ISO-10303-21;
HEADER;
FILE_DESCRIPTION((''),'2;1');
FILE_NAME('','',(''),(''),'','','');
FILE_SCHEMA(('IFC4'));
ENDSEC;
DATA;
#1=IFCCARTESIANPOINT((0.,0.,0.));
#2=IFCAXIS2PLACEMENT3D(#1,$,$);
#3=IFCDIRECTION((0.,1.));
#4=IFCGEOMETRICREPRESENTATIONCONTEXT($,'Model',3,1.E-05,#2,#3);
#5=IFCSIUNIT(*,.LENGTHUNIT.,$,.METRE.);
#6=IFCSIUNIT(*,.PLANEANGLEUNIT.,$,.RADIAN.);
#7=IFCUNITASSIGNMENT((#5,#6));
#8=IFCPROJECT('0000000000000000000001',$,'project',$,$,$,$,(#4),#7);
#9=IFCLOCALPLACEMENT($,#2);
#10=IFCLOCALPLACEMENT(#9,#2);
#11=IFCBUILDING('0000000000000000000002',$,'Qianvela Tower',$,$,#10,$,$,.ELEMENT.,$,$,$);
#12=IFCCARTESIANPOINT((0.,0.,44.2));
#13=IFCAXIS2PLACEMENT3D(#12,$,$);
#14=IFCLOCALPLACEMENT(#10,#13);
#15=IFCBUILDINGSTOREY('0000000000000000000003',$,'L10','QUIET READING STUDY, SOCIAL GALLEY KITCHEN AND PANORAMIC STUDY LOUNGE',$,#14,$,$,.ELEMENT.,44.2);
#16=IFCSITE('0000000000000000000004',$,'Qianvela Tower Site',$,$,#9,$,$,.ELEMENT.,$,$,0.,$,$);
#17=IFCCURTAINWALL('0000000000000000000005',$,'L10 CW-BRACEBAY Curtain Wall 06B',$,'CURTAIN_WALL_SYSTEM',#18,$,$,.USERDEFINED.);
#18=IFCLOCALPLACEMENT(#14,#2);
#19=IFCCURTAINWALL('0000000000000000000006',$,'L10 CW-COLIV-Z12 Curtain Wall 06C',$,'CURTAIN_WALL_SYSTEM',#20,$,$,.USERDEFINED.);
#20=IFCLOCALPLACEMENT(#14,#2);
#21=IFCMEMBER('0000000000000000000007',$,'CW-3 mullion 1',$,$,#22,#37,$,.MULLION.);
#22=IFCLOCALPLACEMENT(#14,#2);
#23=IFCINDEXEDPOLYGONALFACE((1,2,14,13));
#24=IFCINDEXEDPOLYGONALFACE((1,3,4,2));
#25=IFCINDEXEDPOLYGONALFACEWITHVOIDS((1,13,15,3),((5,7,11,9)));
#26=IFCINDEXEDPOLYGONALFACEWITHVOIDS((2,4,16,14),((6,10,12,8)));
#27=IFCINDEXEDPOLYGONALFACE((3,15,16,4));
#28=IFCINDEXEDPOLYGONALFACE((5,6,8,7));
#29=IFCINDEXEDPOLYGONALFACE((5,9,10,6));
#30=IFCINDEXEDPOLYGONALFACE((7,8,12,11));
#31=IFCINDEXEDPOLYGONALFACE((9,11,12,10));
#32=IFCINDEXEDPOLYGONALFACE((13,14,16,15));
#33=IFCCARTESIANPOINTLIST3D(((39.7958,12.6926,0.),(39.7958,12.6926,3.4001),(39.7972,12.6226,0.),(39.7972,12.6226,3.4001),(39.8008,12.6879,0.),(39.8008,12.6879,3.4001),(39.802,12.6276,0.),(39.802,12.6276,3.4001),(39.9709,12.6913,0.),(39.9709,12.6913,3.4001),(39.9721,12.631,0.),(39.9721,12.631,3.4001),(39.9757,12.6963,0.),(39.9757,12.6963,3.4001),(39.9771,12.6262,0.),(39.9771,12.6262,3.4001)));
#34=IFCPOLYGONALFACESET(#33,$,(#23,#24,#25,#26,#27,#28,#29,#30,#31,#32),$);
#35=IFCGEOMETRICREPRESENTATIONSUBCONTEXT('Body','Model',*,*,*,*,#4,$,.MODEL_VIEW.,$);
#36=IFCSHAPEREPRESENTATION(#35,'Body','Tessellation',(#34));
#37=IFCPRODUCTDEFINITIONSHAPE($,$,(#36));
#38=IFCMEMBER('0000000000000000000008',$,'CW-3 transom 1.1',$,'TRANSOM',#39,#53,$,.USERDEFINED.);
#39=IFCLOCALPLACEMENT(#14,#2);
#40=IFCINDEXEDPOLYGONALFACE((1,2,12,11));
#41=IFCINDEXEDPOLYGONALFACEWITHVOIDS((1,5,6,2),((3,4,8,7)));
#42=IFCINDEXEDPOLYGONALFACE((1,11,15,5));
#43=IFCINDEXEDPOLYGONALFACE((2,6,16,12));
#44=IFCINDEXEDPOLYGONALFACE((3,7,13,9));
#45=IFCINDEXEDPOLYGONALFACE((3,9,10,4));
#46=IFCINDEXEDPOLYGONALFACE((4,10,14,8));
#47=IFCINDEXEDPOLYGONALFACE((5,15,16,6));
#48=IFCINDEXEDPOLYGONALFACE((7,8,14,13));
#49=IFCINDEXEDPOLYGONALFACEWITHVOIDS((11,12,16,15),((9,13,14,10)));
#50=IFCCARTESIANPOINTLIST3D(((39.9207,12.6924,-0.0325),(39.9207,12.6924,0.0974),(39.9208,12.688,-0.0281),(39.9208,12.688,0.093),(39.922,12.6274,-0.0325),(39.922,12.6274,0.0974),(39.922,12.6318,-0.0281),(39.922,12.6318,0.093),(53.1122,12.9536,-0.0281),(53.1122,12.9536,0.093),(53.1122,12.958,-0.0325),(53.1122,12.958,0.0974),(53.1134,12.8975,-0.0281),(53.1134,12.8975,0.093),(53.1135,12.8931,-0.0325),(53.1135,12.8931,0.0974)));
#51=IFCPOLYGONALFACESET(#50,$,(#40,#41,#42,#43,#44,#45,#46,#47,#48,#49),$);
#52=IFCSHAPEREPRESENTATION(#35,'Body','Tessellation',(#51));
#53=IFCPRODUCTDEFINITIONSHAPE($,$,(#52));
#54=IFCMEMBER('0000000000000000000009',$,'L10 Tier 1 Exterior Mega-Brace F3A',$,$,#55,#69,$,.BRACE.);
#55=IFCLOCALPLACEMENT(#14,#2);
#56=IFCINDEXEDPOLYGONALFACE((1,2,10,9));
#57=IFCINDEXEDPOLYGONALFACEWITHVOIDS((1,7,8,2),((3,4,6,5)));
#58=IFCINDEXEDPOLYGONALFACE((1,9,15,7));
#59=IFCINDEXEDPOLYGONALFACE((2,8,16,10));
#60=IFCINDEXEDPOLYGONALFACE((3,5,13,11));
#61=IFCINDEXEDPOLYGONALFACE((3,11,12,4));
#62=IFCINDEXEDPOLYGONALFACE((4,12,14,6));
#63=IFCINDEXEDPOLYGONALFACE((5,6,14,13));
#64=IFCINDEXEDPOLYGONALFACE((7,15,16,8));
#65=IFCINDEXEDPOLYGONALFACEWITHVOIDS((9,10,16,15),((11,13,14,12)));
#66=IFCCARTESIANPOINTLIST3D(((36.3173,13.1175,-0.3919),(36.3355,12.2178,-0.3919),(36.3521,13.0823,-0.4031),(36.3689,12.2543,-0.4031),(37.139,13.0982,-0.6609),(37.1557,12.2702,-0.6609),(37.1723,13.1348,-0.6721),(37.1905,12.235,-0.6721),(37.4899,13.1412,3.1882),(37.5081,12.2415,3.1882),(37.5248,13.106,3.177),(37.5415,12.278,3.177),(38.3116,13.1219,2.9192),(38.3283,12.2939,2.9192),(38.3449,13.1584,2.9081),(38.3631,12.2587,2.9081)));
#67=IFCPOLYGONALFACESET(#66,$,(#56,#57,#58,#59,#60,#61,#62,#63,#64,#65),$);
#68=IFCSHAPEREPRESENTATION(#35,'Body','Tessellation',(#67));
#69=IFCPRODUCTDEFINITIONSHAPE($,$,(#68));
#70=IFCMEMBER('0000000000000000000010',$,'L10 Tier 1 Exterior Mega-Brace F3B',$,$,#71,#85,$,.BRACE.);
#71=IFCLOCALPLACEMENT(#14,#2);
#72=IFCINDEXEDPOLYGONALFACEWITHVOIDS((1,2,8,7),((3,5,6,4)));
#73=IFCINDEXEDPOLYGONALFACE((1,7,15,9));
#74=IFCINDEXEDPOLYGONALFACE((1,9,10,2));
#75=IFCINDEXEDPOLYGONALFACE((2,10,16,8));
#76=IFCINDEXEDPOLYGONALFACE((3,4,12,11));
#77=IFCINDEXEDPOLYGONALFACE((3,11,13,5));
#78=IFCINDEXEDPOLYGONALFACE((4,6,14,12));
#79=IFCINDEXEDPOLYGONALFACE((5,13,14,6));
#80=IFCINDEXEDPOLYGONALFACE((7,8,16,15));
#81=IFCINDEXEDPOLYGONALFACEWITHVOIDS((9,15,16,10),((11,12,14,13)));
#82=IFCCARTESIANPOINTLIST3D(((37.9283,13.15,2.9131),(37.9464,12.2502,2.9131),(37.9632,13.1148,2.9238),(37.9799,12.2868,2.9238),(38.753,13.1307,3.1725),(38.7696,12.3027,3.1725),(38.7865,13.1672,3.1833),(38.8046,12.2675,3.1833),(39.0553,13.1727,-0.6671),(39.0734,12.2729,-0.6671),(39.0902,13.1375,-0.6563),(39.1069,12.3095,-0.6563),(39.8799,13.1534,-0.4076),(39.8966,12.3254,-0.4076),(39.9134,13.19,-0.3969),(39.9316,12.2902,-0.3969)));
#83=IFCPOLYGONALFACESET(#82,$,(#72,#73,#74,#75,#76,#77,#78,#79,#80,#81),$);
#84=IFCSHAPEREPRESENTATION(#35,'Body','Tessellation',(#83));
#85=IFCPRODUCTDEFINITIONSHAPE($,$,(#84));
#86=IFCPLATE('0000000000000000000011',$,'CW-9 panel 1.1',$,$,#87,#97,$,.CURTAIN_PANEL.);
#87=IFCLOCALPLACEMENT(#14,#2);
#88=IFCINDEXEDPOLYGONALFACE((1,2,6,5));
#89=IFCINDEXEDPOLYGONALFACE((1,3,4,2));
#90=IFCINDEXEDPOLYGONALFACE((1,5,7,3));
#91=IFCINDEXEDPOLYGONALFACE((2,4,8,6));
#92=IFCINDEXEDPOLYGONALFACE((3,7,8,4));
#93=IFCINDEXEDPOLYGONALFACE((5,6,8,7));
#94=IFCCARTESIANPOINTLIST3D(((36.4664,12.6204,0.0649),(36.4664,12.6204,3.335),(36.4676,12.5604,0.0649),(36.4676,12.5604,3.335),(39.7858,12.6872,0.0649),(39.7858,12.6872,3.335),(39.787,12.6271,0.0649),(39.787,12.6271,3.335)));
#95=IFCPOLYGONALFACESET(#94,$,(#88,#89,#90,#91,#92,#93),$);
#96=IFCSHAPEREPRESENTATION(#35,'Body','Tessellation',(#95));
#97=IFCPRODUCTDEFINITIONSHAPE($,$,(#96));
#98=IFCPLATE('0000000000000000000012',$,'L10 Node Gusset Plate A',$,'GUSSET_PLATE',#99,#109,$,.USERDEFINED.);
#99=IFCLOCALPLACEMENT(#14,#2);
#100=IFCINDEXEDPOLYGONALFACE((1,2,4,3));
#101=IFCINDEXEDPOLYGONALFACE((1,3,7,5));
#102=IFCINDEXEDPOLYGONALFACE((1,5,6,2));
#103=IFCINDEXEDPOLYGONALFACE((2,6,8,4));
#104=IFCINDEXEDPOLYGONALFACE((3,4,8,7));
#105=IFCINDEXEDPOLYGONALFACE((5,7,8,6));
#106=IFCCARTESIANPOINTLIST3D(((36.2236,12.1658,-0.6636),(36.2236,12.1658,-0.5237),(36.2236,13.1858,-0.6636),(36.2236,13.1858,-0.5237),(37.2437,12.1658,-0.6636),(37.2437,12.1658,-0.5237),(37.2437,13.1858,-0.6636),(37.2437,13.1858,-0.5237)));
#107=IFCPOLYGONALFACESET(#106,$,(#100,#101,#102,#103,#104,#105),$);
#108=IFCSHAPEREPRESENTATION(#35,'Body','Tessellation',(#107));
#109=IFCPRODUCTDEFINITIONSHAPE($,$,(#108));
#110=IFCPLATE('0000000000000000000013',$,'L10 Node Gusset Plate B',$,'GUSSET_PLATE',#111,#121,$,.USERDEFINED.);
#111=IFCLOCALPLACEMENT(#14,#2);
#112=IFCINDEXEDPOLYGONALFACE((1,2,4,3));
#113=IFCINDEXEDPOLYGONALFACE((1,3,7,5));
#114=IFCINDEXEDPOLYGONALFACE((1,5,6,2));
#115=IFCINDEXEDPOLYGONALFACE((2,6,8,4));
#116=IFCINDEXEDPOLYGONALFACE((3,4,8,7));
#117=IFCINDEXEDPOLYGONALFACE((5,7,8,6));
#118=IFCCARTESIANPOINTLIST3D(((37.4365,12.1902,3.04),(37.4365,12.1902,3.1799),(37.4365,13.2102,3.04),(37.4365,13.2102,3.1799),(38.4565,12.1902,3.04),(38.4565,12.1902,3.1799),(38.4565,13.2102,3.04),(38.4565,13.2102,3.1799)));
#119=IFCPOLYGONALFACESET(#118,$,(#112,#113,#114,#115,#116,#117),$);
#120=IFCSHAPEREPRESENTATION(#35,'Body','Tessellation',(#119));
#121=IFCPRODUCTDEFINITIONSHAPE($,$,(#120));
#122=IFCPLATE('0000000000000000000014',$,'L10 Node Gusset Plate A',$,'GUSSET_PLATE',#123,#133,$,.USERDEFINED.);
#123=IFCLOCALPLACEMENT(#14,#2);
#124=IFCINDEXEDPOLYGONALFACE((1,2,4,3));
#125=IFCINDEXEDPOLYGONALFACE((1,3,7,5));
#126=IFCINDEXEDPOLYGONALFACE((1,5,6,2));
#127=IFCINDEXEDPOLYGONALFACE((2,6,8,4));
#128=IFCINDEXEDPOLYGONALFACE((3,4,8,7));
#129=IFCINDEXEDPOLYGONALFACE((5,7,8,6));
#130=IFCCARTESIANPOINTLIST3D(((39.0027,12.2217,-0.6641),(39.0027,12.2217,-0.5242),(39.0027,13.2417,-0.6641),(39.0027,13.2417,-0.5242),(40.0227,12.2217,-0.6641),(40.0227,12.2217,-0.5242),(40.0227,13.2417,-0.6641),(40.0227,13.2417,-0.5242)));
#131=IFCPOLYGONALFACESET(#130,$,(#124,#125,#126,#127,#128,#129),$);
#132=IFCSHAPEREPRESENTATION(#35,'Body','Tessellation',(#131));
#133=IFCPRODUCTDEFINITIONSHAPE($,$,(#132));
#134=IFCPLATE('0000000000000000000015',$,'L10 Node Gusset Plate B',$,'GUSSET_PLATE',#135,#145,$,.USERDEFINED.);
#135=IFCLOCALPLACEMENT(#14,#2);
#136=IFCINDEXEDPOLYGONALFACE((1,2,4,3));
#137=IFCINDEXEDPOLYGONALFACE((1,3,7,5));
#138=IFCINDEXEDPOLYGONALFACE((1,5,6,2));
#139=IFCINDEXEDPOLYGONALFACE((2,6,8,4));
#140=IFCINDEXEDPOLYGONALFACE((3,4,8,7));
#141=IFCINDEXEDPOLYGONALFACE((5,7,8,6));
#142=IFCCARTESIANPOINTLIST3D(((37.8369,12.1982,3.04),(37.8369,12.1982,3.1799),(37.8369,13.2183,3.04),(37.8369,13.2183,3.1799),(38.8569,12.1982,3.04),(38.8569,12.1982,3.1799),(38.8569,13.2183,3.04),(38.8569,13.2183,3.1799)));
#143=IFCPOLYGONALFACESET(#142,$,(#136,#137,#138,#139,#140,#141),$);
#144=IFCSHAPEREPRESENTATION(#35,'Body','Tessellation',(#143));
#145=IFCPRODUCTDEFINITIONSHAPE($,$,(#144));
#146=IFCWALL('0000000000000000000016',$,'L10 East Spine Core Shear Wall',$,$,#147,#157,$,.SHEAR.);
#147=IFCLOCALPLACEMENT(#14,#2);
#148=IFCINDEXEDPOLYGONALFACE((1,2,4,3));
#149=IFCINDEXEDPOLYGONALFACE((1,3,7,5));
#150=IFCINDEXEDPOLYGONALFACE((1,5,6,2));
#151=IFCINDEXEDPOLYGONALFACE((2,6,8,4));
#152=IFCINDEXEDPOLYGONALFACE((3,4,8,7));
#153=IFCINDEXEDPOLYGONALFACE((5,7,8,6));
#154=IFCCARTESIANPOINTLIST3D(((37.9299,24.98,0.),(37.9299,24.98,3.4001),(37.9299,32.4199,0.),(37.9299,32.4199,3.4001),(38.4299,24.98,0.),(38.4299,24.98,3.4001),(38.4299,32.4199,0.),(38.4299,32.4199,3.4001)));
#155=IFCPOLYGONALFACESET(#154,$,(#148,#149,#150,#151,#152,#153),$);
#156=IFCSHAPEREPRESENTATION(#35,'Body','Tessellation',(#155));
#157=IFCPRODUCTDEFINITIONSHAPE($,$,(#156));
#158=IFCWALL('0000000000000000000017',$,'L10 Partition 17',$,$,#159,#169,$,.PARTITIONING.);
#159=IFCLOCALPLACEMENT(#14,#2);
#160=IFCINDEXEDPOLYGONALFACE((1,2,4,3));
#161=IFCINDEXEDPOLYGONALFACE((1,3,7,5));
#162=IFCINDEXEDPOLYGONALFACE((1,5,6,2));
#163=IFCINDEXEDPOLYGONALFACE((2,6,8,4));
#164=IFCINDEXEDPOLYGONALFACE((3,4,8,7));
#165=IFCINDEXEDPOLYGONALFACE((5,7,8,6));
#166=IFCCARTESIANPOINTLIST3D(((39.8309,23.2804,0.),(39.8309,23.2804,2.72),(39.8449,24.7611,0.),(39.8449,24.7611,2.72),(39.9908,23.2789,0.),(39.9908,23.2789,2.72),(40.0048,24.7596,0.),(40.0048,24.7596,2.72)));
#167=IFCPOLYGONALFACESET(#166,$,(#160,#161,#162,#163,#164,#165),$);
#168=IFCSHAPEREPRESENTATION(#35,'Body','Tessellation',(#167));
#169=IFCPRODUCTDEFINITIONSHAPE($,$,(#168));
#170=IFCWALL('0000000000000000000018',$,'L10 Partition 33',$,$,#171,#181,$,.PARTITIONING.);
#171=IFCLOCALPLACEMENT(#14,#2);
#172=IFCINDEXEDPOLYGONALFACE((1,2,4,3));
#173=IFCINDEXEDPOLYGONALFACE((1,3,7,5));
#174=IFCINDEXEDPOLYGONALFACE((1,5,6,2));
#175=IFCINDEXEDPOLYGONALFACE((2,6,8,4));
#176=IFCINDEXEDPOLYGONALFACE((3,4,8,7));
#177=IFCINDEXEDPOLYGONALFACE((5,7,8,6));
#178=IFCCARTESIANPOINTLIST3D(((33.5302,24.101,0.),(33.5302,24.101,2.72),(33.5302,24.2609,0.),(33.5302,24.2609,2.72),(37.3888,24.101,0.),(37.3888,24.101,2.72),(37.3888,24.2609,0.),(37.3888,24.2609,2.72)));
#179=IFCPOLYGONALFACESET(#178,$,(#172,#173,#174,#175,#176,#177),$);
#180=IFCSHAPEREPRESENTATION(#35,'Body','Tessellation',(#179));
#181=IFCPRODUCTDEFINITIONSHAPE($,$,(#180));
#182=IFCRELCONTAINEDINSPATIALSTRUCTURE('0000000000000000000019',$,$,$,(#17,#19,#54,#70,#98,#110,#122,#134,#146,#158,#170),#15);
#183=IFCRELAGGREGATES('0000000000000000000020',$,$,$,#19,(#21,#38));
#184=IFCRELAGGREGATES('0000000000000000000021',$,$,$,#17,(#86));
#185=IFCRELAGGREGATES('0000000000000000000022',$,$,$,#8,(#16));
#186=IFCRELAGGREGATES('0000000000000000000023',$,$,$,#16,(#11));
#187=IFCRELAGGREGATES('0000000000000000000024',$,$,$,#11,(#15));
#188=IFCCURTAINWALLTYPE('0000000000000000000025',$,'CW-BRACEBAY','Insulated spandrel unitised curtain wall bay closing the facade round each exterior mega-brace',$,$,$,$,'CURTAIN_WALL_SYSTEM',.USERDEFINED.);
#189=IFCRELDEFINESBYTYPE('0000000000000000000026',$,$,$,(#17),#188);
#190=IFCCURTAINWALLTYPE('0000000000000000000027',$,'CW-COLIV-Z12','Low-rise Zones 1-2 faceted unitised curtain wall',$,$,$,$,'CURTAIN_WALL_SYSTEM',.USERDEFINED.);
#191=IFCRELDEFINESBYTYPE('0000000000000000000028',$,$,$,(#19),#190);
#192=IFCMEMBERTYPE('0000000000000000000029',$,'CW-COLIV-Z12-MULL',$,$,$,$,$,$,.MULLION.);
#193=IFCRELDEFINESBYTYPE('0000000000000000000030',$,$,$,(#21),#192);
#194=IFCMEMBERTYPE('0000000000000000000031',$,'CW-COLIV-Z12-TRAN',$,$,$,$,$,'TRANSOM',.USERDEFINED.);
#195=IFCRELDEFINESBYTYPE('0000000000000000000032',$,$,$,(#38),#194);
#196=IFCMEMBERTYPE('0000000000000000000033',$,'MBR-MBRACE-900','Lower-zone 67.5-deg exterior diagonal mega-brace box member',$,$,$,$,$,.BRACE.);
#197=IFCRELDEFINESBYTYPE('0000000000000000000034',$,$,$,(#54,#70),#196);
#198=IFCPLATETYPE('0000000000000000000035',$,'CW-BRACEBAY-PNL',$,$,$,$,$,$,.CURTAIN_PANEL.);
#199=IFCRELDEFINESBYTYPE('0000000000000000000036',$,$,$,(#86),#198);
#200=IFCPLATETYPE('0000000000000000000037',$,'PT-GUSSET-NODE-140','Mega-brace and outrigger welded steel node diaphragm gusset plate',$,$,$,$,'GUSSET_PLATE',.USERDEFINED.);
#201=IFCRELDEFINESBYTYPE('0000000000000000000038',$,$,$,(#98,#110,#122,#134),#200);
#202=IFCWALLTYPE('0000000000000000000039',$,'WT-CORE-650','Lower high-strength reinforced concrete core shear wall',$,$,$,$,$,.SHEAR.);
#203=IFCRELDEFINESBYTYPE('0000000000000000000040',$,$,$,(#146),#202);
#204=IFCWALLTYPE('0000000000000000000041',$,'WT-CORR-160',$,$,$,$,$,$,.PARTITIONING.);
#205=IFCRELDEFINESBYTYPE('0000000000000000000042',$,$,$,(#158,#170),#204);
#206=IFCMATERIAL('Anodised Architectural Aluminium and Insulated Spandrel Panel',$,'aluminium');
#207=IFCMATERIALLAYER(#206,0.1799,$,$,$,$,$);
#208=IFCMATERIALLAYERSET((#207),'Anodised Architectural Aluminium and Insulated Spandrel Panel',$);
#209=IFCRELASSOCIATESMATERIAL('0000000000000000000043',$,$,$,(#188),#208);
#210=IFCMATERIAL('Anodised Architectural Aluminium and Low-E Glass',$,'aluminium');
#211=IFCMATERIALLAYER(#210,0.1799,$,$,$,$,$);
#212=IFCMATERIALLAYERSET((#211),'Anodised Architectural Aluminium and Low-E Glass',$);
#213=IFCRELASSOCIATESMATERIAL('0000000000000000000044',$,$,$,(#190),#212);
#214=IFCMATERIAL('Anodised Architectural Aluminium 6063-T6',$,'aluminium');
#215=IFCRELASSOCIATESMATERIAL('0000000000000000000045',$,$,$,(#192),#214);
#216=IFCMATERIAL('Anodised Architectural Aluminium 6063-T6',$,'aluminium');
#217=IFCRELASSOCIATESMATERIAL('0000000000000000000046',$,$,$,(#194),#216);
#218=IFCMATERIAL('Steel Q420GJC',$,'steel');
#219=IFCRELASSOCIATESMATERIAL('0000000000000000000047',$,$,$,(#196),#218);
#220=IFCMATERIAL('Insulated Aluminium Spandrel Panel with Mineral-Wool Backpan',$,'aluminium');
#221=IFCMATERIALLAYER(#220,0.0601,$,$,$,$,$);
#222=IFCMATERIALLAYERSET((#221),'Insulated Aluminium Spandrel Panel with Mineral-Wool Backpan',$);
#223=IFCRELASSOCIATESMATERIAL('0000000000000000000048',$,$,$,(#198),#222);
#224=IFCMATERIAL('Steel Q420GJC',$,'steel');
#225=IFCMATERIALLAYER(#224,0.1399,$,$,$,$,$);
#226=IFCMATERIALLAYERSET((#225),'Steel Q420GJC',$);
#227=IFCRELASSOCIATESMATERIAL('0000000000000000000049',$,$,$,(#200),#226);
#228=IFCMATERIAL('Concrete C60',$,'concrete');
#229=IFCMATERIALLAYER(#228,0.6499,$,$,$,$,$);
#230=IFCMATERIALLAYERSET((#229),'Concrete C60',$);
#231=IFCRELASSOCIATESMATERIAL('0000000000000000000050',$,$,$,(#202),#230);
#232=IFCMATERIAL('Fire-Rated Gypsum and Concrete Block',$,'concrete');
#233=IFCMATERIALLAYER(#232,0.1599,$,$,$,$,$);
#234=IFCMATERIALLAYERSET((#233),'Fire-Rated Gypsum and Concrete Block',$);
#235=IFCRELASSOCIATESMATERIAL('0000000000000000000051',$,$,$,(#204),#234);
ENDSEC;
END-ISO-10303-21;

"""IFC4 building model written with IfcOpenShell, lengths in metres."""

from ifc_helpers import new_model, si_unit, direction, frame, frame_2d, origin, origin_2d, place, context, subcontext, project, spatial, rectangle, hollow_rectangle, extrude, material, layer, layer_set, material_profile, profile_set, type_object, element, aggregate, save


model = new_model("IFC4")

# Units and contexts
model_context = context("Model", 3, precision=1e-05, world=origin(), true_north=direction((0.0, 1.0)))
body_context = subcontext(model_context, "Body", "Model", "MODEL_VIEW")
ifc_project = project(units=[si_unit("LENGTHUNIT", "METRE"), si_unit("PLANEANGLEUNIT", "RADIAN")], contexts=[model_context])

# Site, building, storey
site_placement = place(None, origin())
site = spatial("IfcSite", under=ifc_project, at=site_placement, Name="Qianvela Tower Site", CompositionType="ELEMENT", RefElevation=0.0)
building_placement = place(site_placement, origin())
building = spatial("IfcBuilding", under=site, at=building_placement, Name="Qianvela Tower", CompositionType="ELEMENT")
storey_placement = place(building_placement, frame((0.0, 0.0, 44.2)))
storey = spatial("IfcBuildingStorey", under=building, at=storey_placement, Name="L10", Description="QUIET READING STUDY, SOCIAL GALLEY KITCHEN AND PANORAMIC STUDY LOUNGE", CompositionType="ELEMENT", Elevation=44.2)

# Curtain wall
ifc_material_1 = material(Name="Anodised Architectural Aluminium and Insulated Spandrel Panel", Category="aluminium")
ifc_layer_1 = layer(ifc_material_1, 0.1799)
ifc_layer_set_1 = layer_set([ifc_layer_1], Name="Anodised Architectural Aluminium and Insulated Spandrel Panel")
curtain_wall_type_1 = type_object("IfcCurtainWallType", Name="CW-BRACEBAY", Description="Insulated spandrel unitised curtain wall bay closing the facade round each exterior mega-brace", ElementType="CURTAIN_WALL_SYSTEM", PredefinedType="USERDEFINED", material=ifc_layer_set_1)
curtain_wall_1_placement = place(storey_placement, origin())
curtain_wall_1 = element("IfcCurtainWall", 1, at=curtain_wall_1_placement, inside=storey, type_object=curtain_wall_type_1, Name="L10 CW-BRACEBAY Curtain Wall 06B", ObjectType="CURTAIN_WALL_SYSTEM", PredefinedType="USERDEFINED")

# Shared definitions
ifc_material_2 = material(Name="Anodised Architectural Aluminium and Low-E Glass", Category="aluminium")
ifc_layer_2 = layer(ifc_material_2, 0.1799)
ifc_layer_set_2 = layer_set([ifc_layer_2], Name="Anodised Architectural Aluminium and Low-E Glass")
curtain_wall_type_2 = type_object("IfcCurtainWallType", Name="CW-COLIV-Z12", Description="Low-rise Zones 1-2 faceted unitised curtain wall", ElementType="CURTAIN_WALL_SYSTEM", PredefinedType="USERDEFINED", material=ifc_layer_set_2)
ifc_material_3 = material(Name="Anodised Architectural Aluminium 6063-T6", Category="aluminium")
ifc_material_profile_1 = material_profile(ifc_material_3, hollow_rectangle(XDim=0.0701, YDim=0.1799, WallThickness=0.0049, at=origin_2d()), Name="ALU-MULL-70x180")
ifc_profile_set_1 = profile_set([ifc_material_profile_1], Name="Anodised Architectural Aluminium 6063-T6")
member_type_1 = type_object("IfcMemberType", Name="CW-COLIV-Z12-MULL", PredefinedType="MULLION", material=ifc_profile_set_1)

# Curtain wall, members
curtain_wall_2_placement = place(storey_placement, origin())
curtain_wall_2 = element("IfcCurtainWall", 2, at=curtain_wall_2_placement, inside=storey, type_object=curtain_wall_type_2, Name="L10 CW-COLIV-Z12 Curtain Wall 06C", ObjectType="CURTAIN_WALL_SYSTEM", PredefinedType="USERDEFINED")
member_1_placement = place(storey_placement, frame((39.8865, 12.6594, 0.0), z_axis=(0.0, 0.0, 1.0), x_axis=(-0.020121, 0.999798, 0.0)))
member_1 = element("IfcMember", 3, at=member_1_placement, type_object=member_type_1, Name="CW-3 mullion 1", PredefinedType="MULLION", context=body_context, shape_type="SweptSolid", body=[
    extrude(hollow_rectangle(XDim=0.0701, YDim=0.1799, WallThickness=0.0049, at=origin_2d()), origin(), (0.0, 0.0, 1.0), 3.4001),
])
ifc_material_4 = material(Name="Anodised Architectural Aluminium 6063-T6", Category="aluminium")
ifc_material_profile_2 = material_profile(ifc_material_4, hollow_rectangle(XDim=0.0649, YDim=0.1299, WallThickness=0.0044, at=origin_2d()), Name="ALU-TRAN-65x130")
ifc_profile_set_2 = profile_set([ifc_material_profile_2], Name="Anodised Architectural Aluminium 6063-T6")
member_type_2 = type_object("IfcMemberType", Name="CW-COLIV-Z12-TRAN", ElementType="TRANSOM", PredefinedType="USERDEFINED", material=ifc_profile_set_2)
member_2_placement = place(storey_placement, frame((39.9214, 12.6599, 0.0325), z_axis=(0.999797, 0.020132, 0.0), x_axis=(-0.020132, 0.999797, 0.0)))
member_2 = element("IfcMember", 4, at=member_2_placement, type_object=member_type_2, Name="CW-3 transom 1.1", ObjectType="TRANSOM", PredefinedType="USERDEFINED", context=body_context, shape_type="SweptSolid", body=[
    extrude(hollow_rectangle(XDim=0.0649, YDim=0.1299, WallThickness=0.0044, at=origin_2d()), origin(), (0.0, 0.0, 1.0), 13.1941),
])
aggregate(curtain_wall_2, [member_1, member_2])

# Members
ifc_material_5 = material(Name="Steel Q420GJC", Category="steel")
ifc_material_profile_3 = material_profile(ifc_material_5, hollow_rectangle(XDim=0.8999, YDim=0.8999, WallThickness=0.0359, at=origin_2d()), Name="MBOX-900x900x36")
ifc_profile_set_3 = profile_set([ifc_material_profile_3], Name="Steel Q420GJC")
member_type_3 = type_object("IfcMemberType", Name="MBR-MBRACE-900", Description="Lower-zone 67.5-deg exterior diagonal mega-brace box member", PredefinedType="BRACE", material=ifc_profile_set_3)
member_3_placement = place(storey_placement, frame((36.7539, 12.6763, -0.532), z_axis=(0.31126, 0.006286, 0.950304), x_axis=(-0.020192, 0.999796, 0.0)))
element("IfcMember", 5, at=member_3_placement, inside=storey, type_object=member_type_3, Name="L10 Tier 1 Exterior Mega-Brace F3A", PredefinedType="BRACE", context=body_context, shape_type="SweptSolid", body=[
    extrude(hollow_rectangle(XDim=0.8999, YDim=0.8999, WallThickness=0.0359, at=origin_2d()), origin(), (0.0, 0.0, 1.0), 3.7673),
])
member_4_placement = place(storey_placement, frame((39.4934, 12.7314, -0.532), z_axis=(-0.300254, -0.006049, 0.95384), x_axis=(0.020143, -0.999797, 0.0)))
element("IfcMember", 6, at=member_4_placement, inside=storey, type_object=member_type_3, Name="L10 Tier 1 Exterior Mega-Brace F3B", PredefinedType="BRACE", context=body_context, shape_type="SweptSolid", body=[
    extrude(hollow_rectangle(XDim=0.8999, YDim=0.8999, WallThickness=0.0359, at=origin_2d()), origin(), (0.0, 0.0, 1.0), 3.7534),
])

# Plate
ifc_material_6 = material(Name="Insulated Aluminium Spandrel Panel with Mineral-Wool Backpan", Category="aluminium")
ifc_layer_3 = layer(ifc_material_6, 0.0601)
ifc_layer_set_3 = layer_set([ifc_layer_3], Name="Insulated Aluminium Spandrel Panel with Mineral-Wool Backpan")
plate_type_1 = type_object("IfcPlateType", Name="CW-BRACEBAY-PNL", PredefinedType="CURTAIN_PANEL", material=ifc_layer_set_3)
plate_placement = place(storey_placement, frame((38.1267, 12.6238, 0.0649), z_axis=(0.0, 0.0, 1.0), x_axis=(0.999798, 0.020116, 0.0)))
plate = element("IfcPlate", 7, at=plate_placement, type_object=plate_type_1, Name="CW-9 panel 1.1", PredefinedType="CURTAIN_PANEL", context=body_context, shape_type="SweptSolid", body=[
    extrude(rectangle(XDim=3.3201, YDim=0.0601, at=origin_2d()), origin(), (0.0, 0.0, 1.0), 3.27),
])
aggregate(curtain_wall_1, [plate])

# Plates
ifc_material_7 = material(Name="Steel Q420GJC", Category="steel")
ifc_layer_4 = layer(ifc_material_7, 0.1399)
ifc_layer_set_4 = layer_set([ifc_layer_4], Name="Steel Q420GJC")
plate_type_2 = type_object("IfcPlateType", Name="PT-GUSSET-NODE-140", Description="Mega-brace and outrigger welded steel node diaphragm gusset plate", ElementType="GUSSET_PLATE", PredefinedType="USERDEFINED", material=ifc_layer_set_4)
for number, where, z_axis, x_axis, name in (
    (8, (36.7336, 12.6758, -0.6636), (0.0, 0.0, 1.0), (1.0, 0.0, 0.0), "L10 Node Gusset Plate A"),
    (9, (37.9465, 12.7002, 3.04), (0.0, 0.0, 1.0), (1.0, 0.0, 0.0), "L10 Node Gusset Plate B"),
    (10, (39.5127, 12.7317, -0.6641), (0.0, 0.0, 1.0), (1.0, 0.0, 0.0), "L10 Node Gusset Plate A"),
    (11, (38.3469, 12.7083, 3.04), (0.0, 0.0, 1.0), (1.0, 0.0, 0.0), "L10 Node Gusset Plate B"),
):
    element("IfcPlate", number, at=place(storey_placement, frame(where, z_axis=z_axis, x_axis=x_axis)), inside=storey, type_object=plate_type_2, Name=name, ObjectType="GUSSET_PLATE", PredefinedType="USERDEFINED", context=body_context, shape_type="SweptSolid", body=[
        extrude(rectangle(XDim=1.02, YDim=1.02, at=origin_2d()), origin(), (0.0, 0.0, 1.0), 0.1399),
    ])

# Walls
ifc_material_8 = material(Name="Concrete C60", Category="concrete")
ifc_layer_5 = layer(ifc_material_8, 0.6499)
ifc_layer_set_5 = layer_set([ifc_layer_5], Name="Concrete C60")
wall_type_1 = type_object("IfcWallType", Name="WT-CORE-650", Description="Lower high-strength reinforced concrete core shear wall", PredefinedType="SHEAR", material=ifc_layer_set_5)
wall_1_placement = place(storey_placement, frame((38.1799, 24.98, 0.0), z_axis=(0.0, 0.0, 1.0), x_axis=(0.0, 1.0, 0.0)))
element("IfcWall", 12, at=wall_1_placement, inside=storey, type_object=wall_type_1, Name="L10 East Spine Core Shear Wall", PredefinedType="SHEAR", context=body_context, shape_type="SweptSolid", body=[
    extrude(rectangle(XDim=7.4399, YDim=0.5, at=frame_2d((3.72, 0.0))), origin(), (0.0, 0.0, 1.0), 3.4001),
])
ifc_material_9 = material(Name="Fire-Rated Gypsum and Concrete Block", Category="concrete")
ifc_layer_6 = layer(ifc_material_9, 0.1599)
ifc_layer_set_6 = layer_set([ifc_layer_6], Name="Fire-Rated Gypsum and Concrete Block")
wall_type_2 = type_object("IfcWallType", Name="WT-CORR-160", PredefinedType="PARTITIONING", material=ifc_layer_set_6)
wall_2_placement = place(storey_placement, frame((39.9109, 23.2798, 0.0), z_axis=(0.0, 0.0, 1.0), x_axis=(0.009398, 0.999956, 0.0)))
element("IfcWall", 13, at=wall_2_placement, inside=storey, type_object=wall_type_2, Name="L10 Partition 17", PredefinedType="PARTITIONING", context=body_context, shape_type="SweptSolid", body=[
    extrude(rectangle(XDim=1.4807, YDim=0.1599, at=frame_2d((0.7402, 0.0))), origin(), (0.0, 0.0, 1.0), 2.72),
])
wall_3_placement = place(storey_placement, frame((37.3887, 24.1809, 0.0), z_axis=(0.0, 0.0, 1.0), x_axis=(-1.0, 0.0, 0.0)))
element("IfcWall", 14, at=wall_3_placement, inside=storey, type_object=wall_type_2, Name="L10 Partition 33", PredefinedType="PARTITIONING", context=body_context, shape_type="SweptSolid", body=[
    extrude(rectangle(XDim=3.8586, YDim=0.1599, at=frame_2d((1.9292, 0.0))), origin(), (0.0, 0.0, 1.0), 2.72),
])

save(model, "model.ifc")
